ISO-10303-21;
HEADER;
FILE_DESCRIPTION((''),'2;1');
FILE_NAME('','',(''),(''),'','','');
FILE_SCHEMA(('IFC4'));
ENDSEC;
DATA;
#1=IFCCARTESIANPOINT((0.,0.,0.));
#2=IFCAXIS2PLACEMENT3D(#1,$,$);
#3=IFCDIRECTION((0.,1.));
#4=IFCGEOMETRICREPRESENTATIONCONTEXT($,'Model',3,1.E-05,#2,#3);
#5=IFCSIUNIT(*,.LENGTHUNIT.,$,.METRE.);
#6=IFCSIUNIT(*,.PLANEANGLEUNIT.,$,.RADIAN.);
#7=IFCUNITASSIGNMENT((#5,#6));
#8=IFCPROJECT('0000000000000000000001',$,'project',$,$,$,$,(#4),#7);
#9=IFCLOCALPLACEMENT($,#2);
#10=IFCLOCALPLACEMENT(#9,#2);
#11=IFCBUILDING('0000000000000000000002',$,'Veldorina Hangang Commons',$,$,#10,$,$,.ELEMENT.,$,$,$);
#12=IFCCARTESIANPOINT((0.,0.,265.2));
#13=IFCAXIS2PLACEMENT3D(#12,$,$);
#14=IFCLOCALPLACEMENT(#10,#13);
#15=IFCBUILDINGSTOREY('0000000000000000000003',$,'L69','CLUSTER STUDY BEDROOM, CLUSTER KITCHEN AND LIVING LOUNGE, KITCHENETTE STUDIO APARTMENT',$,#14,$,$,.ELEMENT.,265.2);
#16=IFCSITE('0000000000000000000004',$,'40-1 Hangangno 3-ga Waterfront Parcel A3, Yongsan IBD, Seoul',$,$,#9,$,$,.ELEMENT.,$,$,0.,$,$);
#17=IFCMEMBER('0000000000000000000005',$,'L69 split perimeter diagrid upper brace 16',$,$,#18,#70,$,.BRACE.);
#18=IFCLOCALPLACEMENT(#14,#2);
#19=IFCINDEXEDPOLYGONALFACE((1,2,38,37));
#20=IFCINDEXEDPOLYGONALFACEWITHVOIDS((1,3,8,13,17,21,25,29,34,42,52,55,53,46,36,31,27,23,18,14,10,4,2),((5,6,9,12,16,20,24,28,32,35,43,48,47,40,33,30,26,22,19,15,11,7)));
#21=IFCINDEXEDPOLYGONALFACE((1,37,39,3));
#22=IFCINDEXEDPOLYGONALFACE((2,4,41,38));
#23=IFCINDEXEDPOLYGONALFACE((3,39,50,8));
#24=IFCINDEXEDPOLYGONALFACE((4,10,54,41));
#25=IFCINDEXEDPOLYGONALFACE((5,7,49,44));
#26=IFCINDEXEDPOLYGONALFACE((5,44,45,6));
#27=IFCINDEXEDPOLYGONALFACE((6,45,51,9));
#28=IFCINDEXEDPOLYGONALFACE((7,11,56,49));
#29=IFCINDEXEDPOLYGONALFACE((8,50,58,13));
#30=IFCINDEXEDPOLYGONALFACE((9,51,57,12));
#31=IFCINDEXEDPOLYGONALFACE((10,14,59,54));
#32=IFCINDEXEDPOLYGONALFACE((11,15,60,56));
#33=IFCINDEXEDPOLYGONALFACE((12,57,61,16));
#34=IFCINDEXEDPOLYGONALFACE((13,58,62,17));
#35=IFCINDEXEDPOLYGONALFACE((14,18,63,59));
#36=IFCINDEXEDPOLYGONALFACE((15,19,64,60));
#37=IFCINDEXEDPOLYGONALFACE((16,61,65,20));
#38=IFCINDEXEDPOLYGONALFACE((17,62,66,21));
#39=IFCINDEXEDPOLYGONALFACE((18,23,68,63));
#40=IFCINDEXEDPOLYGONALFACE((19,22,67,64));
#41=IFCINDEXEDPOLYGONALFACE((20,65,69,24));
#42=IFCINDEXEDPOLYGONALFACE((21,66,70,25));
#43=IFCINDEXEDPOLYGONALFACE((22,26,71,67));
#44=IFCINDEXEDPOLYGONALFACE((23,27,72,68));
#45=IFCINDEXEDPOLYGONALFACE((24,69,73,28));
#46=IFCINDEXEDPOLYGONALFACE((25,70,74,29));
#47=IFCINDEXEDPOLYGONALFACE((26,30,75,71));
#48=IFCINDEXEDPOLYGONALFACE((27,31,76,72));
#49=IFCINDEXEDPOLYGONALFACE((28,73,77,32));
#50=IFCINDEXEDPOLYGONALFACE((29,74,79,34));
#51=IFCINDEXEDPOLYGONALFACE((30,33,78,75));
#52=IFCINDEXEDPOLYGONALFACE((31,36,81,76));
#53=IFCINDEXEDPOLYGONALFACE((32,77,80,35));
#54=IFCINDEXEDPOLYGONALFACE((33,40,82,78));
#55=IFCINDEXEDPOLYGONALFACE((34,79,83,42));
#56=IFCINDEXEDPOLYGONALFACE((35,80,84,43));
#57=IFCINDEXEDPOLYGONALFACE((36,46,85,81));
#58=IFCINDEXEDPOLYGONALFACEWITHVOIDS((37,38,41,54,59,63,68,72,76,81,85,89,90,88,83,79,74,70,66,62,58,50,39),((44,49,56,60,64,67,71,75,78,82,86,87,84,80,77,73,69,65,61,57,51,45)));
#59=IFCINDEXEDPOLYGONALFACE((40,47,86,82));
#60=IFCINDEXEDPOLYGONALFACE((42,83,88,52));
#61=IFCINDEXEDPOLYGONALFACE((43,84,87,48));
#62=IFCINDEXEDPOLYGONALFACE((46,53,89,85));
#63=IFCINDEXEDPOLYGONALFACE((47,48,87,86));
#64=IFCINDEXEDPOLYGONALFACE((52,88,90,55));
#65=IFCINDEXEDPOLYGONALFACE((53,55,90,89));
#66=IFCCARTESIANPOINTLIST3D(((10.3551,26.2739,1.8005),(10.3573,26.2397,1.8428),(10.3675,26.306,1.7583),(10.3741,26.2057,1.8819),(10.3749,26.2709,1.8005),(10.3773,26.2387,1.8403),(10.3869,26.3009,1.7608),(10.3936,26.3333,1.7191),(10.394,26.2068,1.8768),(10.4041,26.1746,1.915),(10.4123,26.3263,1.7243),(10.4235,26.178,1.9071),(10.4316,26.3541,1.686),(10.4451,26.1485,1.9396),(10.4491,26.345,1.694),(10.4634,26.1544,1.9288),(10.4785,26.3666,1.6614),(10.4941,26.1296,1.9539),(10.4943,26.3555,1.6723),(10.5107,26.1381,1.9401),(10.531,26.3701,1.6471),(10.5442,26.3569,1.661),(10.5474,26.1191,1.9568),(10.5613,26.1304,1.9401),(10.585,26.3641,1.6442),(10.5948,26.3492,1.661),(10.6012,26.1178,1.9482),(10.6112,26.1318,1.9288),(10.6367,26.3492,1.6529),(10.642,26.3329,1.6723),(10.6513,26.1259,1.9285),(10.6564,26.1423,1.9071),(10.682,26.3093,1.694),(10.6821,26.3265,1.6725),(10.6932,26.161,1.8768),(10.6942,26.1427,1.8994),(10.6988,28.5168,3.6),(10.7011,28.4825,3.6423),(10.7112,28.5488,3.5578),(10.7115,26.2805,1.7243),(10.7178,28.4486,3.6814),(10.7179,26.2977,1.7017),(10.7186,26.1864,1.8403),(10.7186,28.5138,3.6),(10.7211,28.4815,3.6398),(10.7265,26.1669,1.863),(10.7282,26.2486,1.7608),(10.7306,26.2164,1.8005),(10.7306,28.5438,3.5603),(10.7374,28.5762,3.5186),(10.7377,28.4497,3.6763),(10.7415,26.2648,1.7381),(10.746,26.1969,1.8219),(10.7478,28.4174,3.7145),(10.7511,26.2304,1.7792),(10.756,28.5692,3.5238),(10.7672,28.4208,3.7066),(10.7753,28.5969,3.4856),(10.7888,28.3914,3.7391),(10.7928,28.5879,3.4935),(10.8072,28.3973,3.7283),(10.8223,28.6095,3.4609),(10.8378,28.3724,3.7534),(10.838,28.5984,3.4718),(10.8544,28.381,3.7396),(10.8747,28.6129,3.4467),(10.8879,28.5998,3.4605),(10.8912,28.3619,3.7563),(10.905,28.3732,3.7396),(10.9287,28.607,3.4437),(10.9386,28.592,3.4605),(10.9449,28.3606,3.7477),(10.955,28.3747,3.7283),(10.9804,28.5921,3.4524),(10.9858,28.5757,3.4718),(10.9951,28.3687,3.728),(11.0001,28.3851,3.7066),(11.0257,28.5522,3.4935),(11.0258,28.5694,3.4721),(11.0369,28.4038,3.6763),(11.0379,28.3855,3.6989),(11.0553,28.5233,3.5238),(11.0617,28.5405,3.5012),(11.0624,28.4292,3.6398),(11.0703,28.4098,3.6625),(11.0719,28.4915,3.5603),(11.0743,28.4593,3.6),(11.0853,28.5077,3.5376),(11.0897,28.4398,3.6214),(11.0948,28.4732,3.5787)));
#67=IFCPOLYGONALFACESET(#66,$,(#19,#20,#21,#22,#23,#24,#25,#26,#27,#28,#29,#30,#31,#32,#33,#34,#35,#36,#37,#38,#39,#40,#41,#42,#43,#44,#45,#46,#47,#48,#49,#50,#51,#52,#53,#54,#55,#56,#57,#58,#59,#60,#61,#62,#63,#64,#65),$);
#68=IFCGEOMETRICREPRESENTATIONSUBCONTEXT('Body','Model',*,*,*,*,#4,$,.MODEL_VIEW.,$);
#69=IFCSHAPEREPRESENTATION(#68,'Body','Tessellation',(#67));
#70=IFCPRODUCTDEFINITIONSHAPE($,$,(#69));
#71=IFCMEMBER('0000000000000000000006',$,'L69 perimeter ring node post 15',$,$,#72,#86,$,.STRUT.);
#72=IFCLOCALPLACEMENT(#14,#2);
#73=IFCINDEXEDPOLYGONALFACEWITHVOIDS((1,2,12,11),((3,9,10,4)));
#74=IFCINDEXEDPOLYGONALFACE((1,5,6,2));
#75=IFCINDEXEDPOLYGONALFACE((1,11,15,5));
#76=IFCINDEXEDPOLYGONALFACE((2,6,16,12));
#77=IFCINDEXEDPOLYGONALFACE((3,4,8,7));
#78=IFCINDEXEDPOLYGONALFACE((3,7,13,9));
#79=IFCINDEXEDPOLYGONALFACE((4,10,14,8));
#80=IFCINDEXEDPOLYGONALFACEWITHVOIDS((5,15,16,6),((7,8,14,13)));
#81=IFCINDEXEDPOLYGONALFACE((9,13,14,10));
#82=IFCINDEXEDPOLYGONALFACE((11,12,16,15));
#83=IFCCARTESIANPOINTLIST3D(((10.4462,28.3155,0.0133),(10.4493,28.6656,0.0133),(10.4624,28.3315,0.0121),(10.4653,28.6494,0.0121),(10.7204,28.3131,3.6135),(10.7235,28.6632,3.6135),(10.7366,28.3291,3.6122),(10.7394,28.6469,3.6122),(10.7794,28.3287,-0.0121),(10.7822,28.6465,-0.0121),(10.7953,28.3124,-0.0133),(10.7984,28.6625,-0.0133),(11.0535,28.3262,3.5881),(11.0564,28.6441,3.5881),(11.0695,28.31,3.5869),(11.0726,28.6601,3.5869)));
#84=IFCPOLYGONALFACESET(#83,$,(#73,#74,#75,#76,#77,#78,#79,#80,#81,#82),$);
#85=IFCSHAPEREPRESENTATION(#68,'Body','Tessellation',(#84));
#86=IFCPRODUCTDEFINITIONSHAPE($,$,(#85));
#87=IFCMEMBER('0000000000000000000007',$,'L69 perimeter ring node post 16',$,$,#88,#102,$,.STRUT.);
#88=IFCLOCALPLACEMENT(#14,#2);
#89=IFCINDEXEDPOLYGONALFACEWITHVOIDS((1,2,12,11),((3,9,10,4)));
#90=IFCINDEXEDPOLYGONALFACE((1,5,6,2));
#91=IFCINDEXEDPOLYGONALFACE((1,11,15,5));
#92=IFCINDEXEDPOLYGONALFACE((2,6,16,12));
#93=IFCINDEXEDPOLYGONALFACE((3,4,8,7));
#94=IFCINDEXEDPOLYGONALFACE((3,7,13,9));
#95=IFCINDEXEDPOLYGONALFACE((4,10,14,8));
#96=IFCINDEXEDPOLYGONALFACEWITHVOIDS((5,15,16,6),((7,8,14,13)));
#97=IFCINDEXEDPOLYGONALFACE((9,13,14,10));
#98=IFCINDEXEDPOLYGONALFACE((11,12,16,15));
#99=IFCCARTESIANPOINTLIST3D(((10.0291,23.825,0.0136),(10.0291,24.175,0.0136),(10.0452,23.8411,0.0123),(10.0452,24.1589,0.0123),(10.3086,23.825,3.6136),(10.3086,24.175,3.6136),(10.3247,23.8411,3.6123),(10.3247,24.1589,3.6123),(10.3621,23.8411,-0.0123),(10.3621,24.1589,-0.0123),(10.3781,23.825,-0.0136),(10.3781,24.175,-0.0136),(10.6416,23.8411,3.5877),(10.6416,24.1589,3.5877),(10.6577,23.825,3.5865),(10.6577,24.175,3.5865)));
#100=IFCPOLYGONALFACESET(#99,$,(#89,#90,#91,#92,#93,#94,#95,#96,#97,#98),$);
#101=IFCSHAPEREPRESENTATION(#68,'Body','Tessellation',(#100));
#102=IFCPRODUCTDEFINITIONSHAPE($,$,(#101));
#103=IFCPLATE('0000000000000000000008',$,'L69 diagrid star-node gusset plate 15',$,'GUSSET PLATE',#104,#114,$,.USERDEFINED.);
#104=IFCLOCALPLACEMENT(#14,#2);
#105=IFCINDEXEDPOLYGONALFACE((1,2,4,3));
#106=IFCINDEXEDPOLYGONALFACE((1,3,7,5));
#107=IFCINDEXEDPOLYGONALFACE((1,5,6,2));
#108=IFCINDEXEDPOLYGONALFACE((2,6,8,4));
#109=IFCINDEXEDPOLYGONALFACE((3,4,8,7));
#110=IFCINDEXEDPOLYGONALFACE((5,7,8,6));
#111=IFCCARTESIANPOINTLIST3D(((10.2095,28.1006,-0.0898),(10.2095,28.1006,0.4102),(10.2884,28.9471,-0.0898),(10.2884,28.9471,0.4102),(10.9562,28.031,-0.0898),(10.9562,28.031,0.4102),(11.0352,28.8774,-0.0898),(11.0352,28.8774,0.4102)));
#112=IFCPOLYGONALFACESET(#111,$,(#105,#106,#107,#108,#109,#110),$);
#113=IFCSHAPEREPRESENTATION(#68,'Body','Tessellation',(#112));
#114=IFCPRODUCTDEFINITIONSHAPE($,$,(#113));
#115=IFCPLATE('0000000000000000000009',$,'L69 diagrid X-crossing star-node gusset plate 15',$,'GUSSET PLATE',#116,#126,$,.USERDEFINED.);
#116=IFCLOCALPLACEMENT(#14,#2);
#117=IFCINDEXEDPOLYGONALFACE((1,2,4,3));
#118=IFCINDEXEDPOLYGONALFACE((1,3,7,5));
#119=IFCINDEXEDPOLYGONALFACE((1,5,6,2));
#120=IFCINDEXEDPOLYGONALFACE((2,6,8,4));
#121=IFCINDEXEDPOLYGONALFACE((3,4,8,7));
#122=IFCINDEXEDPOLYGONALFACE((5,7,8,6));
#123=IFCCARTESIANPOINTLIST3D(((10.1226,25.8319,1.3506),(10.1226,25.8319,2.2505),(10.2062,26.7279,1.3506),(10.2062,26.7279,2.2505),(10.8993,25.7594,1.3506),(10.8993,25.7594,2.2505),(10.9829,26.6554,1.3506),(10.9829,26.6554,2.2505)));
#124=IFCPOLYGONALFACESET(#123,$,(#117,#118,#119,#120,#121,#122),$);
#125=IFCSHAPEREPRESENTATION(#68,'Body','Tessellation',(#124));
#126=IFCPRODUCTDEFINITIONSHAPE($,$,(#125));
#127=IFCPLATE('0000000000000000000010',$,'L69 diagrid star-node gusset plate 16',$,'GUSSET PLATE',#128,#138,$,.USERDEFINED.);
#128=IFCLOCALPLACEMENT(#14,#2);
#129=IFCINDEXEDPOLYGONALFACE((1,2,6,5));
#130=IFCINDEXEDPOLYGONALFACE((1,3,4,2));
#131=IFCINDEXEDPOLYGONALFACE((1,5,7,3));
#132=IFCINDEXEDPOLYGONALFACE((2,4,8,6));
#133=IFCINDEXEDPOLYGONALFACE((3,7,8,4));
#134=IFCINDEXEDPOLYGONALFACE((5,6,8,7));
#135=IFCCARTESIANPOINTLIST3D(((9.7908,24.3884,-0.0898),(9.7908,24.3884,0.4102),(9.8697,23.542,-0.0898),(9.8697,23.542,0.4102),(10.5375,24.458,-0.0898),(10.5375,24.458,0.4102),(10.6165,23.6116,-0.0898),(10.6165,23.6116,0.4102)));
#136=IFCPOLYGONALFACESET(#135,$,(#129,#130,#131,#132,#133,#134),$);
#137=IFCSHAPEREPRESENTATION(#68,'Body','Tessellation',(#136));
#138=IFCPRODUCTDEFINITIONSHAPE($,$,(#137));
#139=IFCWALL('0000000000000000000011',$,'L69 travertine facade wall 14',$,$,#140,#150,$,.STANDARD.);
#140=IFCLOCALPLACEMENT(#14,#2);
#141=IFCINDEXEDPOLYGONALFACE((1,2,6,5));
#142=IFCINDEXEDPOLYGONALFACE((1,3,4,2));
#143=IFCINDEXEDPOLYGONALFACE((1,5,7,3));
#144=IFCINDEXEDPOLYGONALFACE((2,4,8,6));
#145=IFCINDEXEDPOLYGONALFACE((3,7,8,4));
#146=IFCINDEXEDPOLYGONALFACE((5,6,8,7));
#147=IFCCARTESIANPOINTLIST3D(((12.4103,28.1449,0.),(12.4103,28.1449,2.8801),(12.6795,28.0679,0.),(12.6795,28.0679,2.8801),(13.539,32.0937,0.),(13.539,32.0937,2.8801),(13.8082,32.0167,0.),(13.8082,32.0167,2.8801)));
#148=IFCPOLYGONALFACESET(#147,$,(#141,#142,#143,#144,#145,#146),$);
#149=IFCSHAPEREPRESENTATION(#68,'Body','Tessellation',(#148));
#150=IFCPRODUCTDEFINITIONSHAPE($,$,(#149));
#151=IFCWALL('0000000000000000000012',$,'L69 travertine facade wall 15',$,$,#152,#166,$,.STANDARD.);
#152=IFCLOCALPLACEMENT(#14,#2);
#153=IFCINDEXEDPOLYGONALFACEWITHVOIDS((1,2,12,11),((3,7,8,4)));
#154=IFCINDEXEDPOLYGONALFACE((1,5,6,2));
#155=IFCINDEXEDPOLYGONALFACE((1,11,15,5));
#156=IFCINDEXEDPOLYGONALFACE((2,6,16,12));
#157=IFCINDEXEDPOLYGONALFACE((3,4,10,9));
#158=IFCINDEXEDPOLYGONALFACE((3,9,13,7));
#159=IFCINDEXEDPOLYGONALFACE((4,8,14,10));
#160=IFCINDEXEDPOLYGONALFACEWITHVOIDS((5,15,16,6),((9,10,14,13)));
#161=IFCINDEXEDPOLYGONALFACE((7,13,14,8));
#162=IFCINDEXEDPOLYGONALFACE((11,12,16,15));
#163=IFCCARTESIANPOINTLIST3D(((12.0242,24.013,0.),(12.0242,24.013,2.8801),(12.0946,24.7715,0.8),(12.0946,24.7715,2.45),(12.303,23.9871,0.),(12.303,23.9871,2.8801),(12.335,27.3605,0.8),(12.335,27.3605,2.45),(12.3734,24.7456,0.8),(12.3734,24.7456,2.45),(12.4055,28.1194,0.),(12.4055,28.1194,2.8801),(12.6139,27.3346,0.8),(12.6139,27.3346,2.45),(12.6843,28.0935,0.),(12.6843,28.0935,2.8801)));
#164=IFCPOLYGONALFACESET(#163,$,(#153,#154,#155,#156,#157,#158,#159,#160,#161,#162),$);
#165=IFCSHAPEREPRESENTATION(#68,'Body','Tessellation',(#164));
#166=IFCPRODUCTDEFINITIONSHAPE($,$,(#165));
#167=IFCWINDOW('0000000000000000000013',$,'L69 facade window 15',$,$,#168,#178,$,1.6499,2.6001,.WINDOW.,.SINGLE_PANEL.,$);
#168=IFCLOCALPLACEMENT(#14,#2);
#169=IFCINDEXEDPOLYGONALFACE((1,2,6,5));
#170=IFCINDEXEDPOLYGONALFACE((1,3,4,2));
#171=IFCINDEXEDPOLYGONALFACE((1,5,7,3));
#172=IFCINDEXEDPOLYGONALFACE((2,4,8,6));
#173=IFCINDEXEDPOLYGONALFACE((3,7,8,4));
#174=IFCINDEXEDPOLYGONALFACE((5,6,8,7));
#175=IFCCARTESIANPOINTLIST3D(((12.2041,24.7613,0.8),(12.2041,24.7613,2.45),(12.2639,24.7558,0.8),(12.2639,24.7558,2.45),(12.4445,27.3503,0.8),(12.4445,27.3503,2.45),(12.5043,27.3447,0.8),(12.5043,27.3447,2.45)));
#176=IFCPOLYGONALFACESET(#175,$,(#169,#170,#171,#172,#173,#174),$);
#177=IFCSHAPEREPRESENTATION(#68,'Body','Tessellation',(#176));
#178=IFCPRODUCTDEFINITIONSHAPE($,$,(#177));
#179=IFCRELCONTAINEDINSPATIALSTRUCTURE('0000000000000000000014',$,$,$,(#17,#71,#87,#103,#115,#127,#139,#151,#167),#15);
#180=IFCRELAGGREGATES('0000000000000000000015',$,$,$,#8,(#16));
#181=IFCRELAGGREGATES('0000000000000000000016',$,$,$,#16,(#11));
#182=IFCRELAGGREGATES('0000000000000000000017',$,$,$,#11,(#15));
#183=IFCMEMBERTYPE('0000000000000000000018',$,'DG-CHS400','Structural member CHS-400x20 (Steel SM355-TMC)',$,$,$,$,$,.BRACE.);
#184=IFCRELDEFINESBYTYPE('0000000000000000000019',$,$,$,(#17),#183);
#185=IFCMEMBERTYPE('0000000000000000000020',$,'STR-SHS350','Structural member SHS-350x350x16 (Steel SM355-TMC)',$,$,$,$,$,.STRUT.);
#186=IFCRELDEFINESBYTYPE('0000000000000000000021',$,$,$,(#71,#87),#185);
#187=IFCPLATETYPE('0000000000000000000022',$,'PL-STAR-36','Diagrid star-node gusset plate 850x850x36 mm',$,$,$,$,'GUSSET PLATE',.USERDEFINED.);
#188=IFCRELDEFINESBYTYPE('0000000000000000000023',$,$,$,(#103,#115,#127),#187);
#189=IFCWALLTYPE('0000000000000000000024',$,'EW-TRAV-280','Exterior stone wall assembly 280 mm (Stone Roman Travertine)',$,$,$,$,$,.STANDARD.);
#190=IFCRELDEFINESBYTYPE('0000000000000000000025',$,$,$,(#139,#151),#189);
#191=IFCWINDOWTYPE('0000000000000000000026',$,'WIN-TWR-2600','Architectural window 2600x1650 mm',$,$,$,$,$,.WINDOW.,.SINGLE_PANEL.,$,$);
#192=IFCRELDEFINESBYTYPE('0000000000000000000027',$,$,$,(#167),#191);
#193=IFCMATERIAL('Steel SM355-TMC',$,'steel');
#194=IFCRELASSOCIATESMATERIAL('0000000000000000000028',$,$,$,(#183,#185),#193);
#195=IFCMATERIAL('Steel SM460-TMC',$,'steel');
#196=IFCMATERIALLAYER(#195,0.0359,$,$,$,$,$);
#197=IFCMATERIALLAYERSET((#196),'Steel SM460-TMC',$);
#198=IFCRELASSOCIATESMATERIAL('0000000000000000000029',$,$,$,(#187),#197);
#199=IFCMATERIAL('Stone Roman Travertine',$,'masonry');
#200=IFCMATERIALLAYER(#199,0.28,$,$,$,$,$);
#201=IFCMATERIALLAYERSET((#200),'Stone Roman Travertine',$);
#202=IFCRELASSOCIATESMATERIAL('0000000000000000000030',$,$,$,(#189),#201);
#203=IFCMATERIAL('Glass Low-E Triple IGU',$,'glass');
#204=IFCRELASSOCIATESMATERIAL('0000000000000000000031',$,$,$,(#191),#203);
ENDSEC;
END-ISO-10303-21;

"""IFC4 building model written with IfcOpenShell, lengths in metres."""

from ifc_helpers import new_model, si_unit, direction, frame, frame_2d, origin, origin_2d, place, context, subcontext, project, spatial, rectangle, hollow_rectangle, hollow_circle, extrude, material, layer, layer_set, material_profile, profile_set, type_object, element, fill, save


model = new_model("IFC4")

# Units and contexts
model_context = context("Model", 3, precision=1e-05, world=origin(), true_north=direction((0.0, 1.0)))
body_context = subcontext(model_context, "Body", "Model", "MODEL_VIEW")
ifc_project = project(units=[si_unit("LENGTHUNIT", "METRE"), si_unit("PLANEANGLEUNIT", "RADIAN")], contexts=[model_context])

# Site, building, storey
site_placement = place(None, origin())
site = spatial("IfcSite", under=ifc_project, at=site_placement, Name="40-1 Hangangno 3-ga Waterfront Parcel A3, Yongsan IBD, Seoul", CompositionType="ELEMENT", RefElevation=0.0)
building_placement = place(site_placement, origin())
building = spatial("IfcBuilding", under=site, at=building_placement, Name="Veldorina Hangang Commons", CompositionType="ELEMENT")
storey_placement = place(building_placement, frame((0.0, 0.0, 265.2)))
storey = spatial("IfcBuildingStorey", under=building, at=storey_placement, Name="L69", Description="CLUSTER STUDY BEDROOM, CLUSTER KITCHEN AND LIVING LOUNGE, KITCHENETTE STUDIO APARTMENT", CompositionType="ELEMENT", Elevation=265.2)

# Shared definitions
ifc_material_1 = material(Name="Steel SM355-TMC", Category="steel")

# Members
ifc_material_profile_1 = material_profile(ifc_material_1, hollow_circle(Radius=0.2, WallThickness=0.02, at=origin_2d()), Name="CHS-400x20")
ifc_profile_set_1 = profile_set([ifc_material_profile_1], Name="Steel SM355-TMC")
member_type_1 = type_object("IfcMemberType", Name="DG-CHS400", Description="Structural member CHS-400x20 (Steel SM355-TMC)", PredefinedType="BRACE", material=ifc_profile_set_1)
member_1_placement = place(storey_placement, frame((10.5527, 26.2437, 1.8005), z_axis=(0.118695, 0.774468, 0.621378), x_axis=(-0.988459, 0.151491, 0.0)))
element("IfcMember", 1, at=member_1_placement, inside=storey, type_object=member_type_1, Name="L69 split perimeter diagrid upper brace 16", PredefinedType="BRACE", context=body_context, shape_type="SweptSolid", body=[
    extrude(hollow_circle(Radius=0.2, WallThickness=0.02, at=origin_2d()), origin(), (0.0, 0.0, 1.0), 2.896),
])
ifc_material_profile_2 = material_profile(ifc_material_1, hollow_rectangle(XDim=0.3501, YDim=0.3501, WallThickness=0.0161, at=origin_2d()), Name="SHS-350x350x16")
ifc_profile_set_2 = profile_set([ifc_material_profile_2], Name="Steel SM355-TMC")
member_type_2 = type_object("IfcMemberType", Name="STR-SHS350", Description="Structural member SHS-350x350x16 (Steel SM355-TMC)", PredefinedType="STRUT", material=ifc_profile_set_2)
member_2_placement = place(storey_placement, frame((10.6223, 28.489, 0.0), z_axis=(0.075936, -0.000676, 0.997112), x_axis=(0.008904, 0.99996, 0.0)))
element("IfcMember", 2, at=member_2_placement, inside=storey, type_object=member_type_2, Name="L69 perimeter ring node post 15", PredefinedType="STRUT", context=body_context, shape_type="SweptSolid", body=[
    extrude(hollow_rectangle(XDim=0.3501, YDim=0.3501, WallThickness=0.0161, at=origin_2d()), origin(), (0.0, 0.0, 1.0), 3.6106),
])
member_3_placement = place(storey_placement, frame((10.2036, 24.0, 0.0), z_axis=(0.077415, 0.0, 0.996999), x_axis=(0.0, 1.0, 0.0)))
element("IfcMember", 3, at=member_3_placement, inside=storey, type_object=member_type_2, Name="L69 perimeter ring node post 16", PredefinedType="STRUT", context=body_context, shape_type="SweptSolid", body=[
    extrude(hollow_rectangle(XDim=0.3501, YDim=0.3501, WallThickness=0.0161, at=origin_2d()), origin(), (0.0, 0.0, 1.0), 3.6108),
])

# Plates
ifc_material_2 = material(Name="Steel SM460-TMC", Category="steel")
ifc_layer_1 = layer(ifc_material_2, 0.0359)
ifc_layer_set_1 = layer_set([ifc_layer_1], Name="Steel SM460-TMC")
plate_type = type_object("IfcPlateType", Name="PL-STAR-36", Description="Diagrid star-node gusset plate 850x850x36 mm", ElementType="GUSSET PLATE", PredefinedType="USERDEFINED", material=ifc_layer_set_1)
plate_1_placement = place(storey_placement, frame((10.6223, 28.489, -0.0898), z_axis=(0.0, 0.0, 1.0), x_axis=(-0.092892, -0.995676, 0.0)))
element("IfcPlate", 4, at=plate_1_placement, inside=storey, type_object=plate_type, Name="L69 diagrid star-node gusset plate 15", ObjectType="GUSSET PLATE", PredefinedType="USERDEFINED", context=body_context, shape_type="SweptSolid", body=[
    extrude(rectangle(XDim=0.8501, YDim=0.75, at=origin_2d()), origin(), (0.0, 0.0, 1.0), 0.5),
])
plate_2_placement = place(storey_placement, frame((10.5527, 26.2437, 1.3506), z_axis=(0.0, 0.0, 1.0), x_axis=(-0.092892, -0.995676, 0.0)))
element("IfcPlate", 5, at=plate_2_placement, inside=storey, type_object=plate_type, Name="L69 diagrid X-crossing star-node gusset plate 15", ObjectType="GUSSET PLATE", PredefinedType="USERDEFINED", context=body_context, shape_type="SweptSolid", body=[
    extrude(rectangle(XDim=0.8999, YDim=0.78, at=origin_2d()), origin(), (0.0, 0.0, 1.0), 0.8999),
])
plate_3_placement = place(storey_placement, frame((10.2036, 24.0, -0.0898), z_axis=(0.0, 0.0, 1.0), x_axis=(0.092892, -0.995676, 0.0)))
element("IfcPlate", 6, at=plate_3_placement, inside=storey, type_object=plate_type, Name="L69 diagrid star-node gusset plate 16", ObjectType="GUSSET PLATE", PredefinedType="USERDEFINED", context=body_context, shape_type="SweptSolid", body=[
    extrude(rectangle(XDim=0.8501, YDim=0.75, at=origin_2d()), origin(), (0.0, 0.0, 1.0), 0.5),
])

# Wall
ifc_material_3 = material(Name="Stone Roman Travertine", Category="masonry")
ifc_layer_2 = layer(ifc_material_3, 0.28)
ifc_layer_set_2 = layer_set([ifc_layer_2], Name="Stone Roman Travertine")
wall_type_1 = type_object("IfcWallType", Name="EW-TRAV-280", Description="Exterior stone wall assembly 280 mm (Stone Roman Travertine)", PredefinedType="STANDARD", material=ifc_layer_set_2)
wall_1_placement = place(storey_placement, frame((13.6736, 32.0552, 0.0), z_axis=(0.0, 0.0, 1.0), x_axis=(-0.274823, -0.961495, 0.0)))
element("IfcWall", 7, at=wall_1_placement, inside=storey, type_object=wall_type_1, Name="L69 travertine facade wall 14", PredefinedType="STANDARD", context=body_context, shape_type="SweptSolid", body=[
    extrude(rectangle(XDim=4.1069, YDim=0.28, at=frame_2d((2.0535, 0.0))), origin(), (0.0, 0.0, 1.0), 2.8801),
])

# Wall, opening, window
wall_2_placement = place(storey_placement, frame((12.5449, 28.1064, 0.0), z_axis=(0.0, 0.0, 1.0), x_axis=(-0.092468, -0.995716, 0.0)))
wall_2 = element("IfcWall", 8, at=wall_2_placement, inside=storey, type_object=wall_type_1, Name="L69 travertine facade wall 15", PredefinedType="STANDARD", context=body_context, shape_type="SweptSolid", body=[
    extrude(rectangle(XDim=4.124, YDim=0.28, at=frame_2d((2.062, 0.0))), origin(), (0.0, 0.0, 1.0), 2.8801),
])
opening_1_placement = place(wall_2_placement, frame((0.7622, 0.0, 0.8)))
opening_1 = element("IfcOpeningElement", 9, at=opening_1_placement, cuts=wall_2, PredefinedType="OPENING", context=body_context, shape_type="SweptSolid", body=[
    extrude(rectangle(XDim=2.6001, YDim=1.6499, at=frame_2d((1.3, 0.825))), frame((0.0, 0.1499, 0.0), z_axis=(0.0, -1.0, 0.0), x_axis=(1.0, 0.0, 0.0)), (0.0, 0.0, 1.0), 0.3),
])
ifc_material_4 = material(Name="Glass Low-E Triple IGU", Category="glass")
window_type = type_object("IfcWindowType", Name="WIN-TWR-2600", Description="Architectural window 2600x1650 mm", PartitioningType="SINGLE_PANEL", PredefinedType="WINDOW", material=ifc_material_4)
window_placement = place(opening_1_placement, origin())
window = element("IfcWindow", 10, at=window_placement, inside=storey, type_object=window_type, Name="L69 facade window 15", OverallHeight=1.6499, OverallWidth=2.6001, PartitioningType="SINGLE_PANEL", PredefinedType="WINDOW", context=body_context, shape_type="SweptSolid", body=[
    extrude(rectangle(XDim=2.6001, YDim=1.6499, at=frame_2d((1.3, 0.825))), frame((0.0, 0.03, 0.0), z_axis=(0.0, -1.0, 0.0), x_axis=(1.0, 0.0, 0.0)), (0.0, 0.0, 1.0), 0.0601),
])
fill(opening_1, window)

save(model, "model.ifc")
